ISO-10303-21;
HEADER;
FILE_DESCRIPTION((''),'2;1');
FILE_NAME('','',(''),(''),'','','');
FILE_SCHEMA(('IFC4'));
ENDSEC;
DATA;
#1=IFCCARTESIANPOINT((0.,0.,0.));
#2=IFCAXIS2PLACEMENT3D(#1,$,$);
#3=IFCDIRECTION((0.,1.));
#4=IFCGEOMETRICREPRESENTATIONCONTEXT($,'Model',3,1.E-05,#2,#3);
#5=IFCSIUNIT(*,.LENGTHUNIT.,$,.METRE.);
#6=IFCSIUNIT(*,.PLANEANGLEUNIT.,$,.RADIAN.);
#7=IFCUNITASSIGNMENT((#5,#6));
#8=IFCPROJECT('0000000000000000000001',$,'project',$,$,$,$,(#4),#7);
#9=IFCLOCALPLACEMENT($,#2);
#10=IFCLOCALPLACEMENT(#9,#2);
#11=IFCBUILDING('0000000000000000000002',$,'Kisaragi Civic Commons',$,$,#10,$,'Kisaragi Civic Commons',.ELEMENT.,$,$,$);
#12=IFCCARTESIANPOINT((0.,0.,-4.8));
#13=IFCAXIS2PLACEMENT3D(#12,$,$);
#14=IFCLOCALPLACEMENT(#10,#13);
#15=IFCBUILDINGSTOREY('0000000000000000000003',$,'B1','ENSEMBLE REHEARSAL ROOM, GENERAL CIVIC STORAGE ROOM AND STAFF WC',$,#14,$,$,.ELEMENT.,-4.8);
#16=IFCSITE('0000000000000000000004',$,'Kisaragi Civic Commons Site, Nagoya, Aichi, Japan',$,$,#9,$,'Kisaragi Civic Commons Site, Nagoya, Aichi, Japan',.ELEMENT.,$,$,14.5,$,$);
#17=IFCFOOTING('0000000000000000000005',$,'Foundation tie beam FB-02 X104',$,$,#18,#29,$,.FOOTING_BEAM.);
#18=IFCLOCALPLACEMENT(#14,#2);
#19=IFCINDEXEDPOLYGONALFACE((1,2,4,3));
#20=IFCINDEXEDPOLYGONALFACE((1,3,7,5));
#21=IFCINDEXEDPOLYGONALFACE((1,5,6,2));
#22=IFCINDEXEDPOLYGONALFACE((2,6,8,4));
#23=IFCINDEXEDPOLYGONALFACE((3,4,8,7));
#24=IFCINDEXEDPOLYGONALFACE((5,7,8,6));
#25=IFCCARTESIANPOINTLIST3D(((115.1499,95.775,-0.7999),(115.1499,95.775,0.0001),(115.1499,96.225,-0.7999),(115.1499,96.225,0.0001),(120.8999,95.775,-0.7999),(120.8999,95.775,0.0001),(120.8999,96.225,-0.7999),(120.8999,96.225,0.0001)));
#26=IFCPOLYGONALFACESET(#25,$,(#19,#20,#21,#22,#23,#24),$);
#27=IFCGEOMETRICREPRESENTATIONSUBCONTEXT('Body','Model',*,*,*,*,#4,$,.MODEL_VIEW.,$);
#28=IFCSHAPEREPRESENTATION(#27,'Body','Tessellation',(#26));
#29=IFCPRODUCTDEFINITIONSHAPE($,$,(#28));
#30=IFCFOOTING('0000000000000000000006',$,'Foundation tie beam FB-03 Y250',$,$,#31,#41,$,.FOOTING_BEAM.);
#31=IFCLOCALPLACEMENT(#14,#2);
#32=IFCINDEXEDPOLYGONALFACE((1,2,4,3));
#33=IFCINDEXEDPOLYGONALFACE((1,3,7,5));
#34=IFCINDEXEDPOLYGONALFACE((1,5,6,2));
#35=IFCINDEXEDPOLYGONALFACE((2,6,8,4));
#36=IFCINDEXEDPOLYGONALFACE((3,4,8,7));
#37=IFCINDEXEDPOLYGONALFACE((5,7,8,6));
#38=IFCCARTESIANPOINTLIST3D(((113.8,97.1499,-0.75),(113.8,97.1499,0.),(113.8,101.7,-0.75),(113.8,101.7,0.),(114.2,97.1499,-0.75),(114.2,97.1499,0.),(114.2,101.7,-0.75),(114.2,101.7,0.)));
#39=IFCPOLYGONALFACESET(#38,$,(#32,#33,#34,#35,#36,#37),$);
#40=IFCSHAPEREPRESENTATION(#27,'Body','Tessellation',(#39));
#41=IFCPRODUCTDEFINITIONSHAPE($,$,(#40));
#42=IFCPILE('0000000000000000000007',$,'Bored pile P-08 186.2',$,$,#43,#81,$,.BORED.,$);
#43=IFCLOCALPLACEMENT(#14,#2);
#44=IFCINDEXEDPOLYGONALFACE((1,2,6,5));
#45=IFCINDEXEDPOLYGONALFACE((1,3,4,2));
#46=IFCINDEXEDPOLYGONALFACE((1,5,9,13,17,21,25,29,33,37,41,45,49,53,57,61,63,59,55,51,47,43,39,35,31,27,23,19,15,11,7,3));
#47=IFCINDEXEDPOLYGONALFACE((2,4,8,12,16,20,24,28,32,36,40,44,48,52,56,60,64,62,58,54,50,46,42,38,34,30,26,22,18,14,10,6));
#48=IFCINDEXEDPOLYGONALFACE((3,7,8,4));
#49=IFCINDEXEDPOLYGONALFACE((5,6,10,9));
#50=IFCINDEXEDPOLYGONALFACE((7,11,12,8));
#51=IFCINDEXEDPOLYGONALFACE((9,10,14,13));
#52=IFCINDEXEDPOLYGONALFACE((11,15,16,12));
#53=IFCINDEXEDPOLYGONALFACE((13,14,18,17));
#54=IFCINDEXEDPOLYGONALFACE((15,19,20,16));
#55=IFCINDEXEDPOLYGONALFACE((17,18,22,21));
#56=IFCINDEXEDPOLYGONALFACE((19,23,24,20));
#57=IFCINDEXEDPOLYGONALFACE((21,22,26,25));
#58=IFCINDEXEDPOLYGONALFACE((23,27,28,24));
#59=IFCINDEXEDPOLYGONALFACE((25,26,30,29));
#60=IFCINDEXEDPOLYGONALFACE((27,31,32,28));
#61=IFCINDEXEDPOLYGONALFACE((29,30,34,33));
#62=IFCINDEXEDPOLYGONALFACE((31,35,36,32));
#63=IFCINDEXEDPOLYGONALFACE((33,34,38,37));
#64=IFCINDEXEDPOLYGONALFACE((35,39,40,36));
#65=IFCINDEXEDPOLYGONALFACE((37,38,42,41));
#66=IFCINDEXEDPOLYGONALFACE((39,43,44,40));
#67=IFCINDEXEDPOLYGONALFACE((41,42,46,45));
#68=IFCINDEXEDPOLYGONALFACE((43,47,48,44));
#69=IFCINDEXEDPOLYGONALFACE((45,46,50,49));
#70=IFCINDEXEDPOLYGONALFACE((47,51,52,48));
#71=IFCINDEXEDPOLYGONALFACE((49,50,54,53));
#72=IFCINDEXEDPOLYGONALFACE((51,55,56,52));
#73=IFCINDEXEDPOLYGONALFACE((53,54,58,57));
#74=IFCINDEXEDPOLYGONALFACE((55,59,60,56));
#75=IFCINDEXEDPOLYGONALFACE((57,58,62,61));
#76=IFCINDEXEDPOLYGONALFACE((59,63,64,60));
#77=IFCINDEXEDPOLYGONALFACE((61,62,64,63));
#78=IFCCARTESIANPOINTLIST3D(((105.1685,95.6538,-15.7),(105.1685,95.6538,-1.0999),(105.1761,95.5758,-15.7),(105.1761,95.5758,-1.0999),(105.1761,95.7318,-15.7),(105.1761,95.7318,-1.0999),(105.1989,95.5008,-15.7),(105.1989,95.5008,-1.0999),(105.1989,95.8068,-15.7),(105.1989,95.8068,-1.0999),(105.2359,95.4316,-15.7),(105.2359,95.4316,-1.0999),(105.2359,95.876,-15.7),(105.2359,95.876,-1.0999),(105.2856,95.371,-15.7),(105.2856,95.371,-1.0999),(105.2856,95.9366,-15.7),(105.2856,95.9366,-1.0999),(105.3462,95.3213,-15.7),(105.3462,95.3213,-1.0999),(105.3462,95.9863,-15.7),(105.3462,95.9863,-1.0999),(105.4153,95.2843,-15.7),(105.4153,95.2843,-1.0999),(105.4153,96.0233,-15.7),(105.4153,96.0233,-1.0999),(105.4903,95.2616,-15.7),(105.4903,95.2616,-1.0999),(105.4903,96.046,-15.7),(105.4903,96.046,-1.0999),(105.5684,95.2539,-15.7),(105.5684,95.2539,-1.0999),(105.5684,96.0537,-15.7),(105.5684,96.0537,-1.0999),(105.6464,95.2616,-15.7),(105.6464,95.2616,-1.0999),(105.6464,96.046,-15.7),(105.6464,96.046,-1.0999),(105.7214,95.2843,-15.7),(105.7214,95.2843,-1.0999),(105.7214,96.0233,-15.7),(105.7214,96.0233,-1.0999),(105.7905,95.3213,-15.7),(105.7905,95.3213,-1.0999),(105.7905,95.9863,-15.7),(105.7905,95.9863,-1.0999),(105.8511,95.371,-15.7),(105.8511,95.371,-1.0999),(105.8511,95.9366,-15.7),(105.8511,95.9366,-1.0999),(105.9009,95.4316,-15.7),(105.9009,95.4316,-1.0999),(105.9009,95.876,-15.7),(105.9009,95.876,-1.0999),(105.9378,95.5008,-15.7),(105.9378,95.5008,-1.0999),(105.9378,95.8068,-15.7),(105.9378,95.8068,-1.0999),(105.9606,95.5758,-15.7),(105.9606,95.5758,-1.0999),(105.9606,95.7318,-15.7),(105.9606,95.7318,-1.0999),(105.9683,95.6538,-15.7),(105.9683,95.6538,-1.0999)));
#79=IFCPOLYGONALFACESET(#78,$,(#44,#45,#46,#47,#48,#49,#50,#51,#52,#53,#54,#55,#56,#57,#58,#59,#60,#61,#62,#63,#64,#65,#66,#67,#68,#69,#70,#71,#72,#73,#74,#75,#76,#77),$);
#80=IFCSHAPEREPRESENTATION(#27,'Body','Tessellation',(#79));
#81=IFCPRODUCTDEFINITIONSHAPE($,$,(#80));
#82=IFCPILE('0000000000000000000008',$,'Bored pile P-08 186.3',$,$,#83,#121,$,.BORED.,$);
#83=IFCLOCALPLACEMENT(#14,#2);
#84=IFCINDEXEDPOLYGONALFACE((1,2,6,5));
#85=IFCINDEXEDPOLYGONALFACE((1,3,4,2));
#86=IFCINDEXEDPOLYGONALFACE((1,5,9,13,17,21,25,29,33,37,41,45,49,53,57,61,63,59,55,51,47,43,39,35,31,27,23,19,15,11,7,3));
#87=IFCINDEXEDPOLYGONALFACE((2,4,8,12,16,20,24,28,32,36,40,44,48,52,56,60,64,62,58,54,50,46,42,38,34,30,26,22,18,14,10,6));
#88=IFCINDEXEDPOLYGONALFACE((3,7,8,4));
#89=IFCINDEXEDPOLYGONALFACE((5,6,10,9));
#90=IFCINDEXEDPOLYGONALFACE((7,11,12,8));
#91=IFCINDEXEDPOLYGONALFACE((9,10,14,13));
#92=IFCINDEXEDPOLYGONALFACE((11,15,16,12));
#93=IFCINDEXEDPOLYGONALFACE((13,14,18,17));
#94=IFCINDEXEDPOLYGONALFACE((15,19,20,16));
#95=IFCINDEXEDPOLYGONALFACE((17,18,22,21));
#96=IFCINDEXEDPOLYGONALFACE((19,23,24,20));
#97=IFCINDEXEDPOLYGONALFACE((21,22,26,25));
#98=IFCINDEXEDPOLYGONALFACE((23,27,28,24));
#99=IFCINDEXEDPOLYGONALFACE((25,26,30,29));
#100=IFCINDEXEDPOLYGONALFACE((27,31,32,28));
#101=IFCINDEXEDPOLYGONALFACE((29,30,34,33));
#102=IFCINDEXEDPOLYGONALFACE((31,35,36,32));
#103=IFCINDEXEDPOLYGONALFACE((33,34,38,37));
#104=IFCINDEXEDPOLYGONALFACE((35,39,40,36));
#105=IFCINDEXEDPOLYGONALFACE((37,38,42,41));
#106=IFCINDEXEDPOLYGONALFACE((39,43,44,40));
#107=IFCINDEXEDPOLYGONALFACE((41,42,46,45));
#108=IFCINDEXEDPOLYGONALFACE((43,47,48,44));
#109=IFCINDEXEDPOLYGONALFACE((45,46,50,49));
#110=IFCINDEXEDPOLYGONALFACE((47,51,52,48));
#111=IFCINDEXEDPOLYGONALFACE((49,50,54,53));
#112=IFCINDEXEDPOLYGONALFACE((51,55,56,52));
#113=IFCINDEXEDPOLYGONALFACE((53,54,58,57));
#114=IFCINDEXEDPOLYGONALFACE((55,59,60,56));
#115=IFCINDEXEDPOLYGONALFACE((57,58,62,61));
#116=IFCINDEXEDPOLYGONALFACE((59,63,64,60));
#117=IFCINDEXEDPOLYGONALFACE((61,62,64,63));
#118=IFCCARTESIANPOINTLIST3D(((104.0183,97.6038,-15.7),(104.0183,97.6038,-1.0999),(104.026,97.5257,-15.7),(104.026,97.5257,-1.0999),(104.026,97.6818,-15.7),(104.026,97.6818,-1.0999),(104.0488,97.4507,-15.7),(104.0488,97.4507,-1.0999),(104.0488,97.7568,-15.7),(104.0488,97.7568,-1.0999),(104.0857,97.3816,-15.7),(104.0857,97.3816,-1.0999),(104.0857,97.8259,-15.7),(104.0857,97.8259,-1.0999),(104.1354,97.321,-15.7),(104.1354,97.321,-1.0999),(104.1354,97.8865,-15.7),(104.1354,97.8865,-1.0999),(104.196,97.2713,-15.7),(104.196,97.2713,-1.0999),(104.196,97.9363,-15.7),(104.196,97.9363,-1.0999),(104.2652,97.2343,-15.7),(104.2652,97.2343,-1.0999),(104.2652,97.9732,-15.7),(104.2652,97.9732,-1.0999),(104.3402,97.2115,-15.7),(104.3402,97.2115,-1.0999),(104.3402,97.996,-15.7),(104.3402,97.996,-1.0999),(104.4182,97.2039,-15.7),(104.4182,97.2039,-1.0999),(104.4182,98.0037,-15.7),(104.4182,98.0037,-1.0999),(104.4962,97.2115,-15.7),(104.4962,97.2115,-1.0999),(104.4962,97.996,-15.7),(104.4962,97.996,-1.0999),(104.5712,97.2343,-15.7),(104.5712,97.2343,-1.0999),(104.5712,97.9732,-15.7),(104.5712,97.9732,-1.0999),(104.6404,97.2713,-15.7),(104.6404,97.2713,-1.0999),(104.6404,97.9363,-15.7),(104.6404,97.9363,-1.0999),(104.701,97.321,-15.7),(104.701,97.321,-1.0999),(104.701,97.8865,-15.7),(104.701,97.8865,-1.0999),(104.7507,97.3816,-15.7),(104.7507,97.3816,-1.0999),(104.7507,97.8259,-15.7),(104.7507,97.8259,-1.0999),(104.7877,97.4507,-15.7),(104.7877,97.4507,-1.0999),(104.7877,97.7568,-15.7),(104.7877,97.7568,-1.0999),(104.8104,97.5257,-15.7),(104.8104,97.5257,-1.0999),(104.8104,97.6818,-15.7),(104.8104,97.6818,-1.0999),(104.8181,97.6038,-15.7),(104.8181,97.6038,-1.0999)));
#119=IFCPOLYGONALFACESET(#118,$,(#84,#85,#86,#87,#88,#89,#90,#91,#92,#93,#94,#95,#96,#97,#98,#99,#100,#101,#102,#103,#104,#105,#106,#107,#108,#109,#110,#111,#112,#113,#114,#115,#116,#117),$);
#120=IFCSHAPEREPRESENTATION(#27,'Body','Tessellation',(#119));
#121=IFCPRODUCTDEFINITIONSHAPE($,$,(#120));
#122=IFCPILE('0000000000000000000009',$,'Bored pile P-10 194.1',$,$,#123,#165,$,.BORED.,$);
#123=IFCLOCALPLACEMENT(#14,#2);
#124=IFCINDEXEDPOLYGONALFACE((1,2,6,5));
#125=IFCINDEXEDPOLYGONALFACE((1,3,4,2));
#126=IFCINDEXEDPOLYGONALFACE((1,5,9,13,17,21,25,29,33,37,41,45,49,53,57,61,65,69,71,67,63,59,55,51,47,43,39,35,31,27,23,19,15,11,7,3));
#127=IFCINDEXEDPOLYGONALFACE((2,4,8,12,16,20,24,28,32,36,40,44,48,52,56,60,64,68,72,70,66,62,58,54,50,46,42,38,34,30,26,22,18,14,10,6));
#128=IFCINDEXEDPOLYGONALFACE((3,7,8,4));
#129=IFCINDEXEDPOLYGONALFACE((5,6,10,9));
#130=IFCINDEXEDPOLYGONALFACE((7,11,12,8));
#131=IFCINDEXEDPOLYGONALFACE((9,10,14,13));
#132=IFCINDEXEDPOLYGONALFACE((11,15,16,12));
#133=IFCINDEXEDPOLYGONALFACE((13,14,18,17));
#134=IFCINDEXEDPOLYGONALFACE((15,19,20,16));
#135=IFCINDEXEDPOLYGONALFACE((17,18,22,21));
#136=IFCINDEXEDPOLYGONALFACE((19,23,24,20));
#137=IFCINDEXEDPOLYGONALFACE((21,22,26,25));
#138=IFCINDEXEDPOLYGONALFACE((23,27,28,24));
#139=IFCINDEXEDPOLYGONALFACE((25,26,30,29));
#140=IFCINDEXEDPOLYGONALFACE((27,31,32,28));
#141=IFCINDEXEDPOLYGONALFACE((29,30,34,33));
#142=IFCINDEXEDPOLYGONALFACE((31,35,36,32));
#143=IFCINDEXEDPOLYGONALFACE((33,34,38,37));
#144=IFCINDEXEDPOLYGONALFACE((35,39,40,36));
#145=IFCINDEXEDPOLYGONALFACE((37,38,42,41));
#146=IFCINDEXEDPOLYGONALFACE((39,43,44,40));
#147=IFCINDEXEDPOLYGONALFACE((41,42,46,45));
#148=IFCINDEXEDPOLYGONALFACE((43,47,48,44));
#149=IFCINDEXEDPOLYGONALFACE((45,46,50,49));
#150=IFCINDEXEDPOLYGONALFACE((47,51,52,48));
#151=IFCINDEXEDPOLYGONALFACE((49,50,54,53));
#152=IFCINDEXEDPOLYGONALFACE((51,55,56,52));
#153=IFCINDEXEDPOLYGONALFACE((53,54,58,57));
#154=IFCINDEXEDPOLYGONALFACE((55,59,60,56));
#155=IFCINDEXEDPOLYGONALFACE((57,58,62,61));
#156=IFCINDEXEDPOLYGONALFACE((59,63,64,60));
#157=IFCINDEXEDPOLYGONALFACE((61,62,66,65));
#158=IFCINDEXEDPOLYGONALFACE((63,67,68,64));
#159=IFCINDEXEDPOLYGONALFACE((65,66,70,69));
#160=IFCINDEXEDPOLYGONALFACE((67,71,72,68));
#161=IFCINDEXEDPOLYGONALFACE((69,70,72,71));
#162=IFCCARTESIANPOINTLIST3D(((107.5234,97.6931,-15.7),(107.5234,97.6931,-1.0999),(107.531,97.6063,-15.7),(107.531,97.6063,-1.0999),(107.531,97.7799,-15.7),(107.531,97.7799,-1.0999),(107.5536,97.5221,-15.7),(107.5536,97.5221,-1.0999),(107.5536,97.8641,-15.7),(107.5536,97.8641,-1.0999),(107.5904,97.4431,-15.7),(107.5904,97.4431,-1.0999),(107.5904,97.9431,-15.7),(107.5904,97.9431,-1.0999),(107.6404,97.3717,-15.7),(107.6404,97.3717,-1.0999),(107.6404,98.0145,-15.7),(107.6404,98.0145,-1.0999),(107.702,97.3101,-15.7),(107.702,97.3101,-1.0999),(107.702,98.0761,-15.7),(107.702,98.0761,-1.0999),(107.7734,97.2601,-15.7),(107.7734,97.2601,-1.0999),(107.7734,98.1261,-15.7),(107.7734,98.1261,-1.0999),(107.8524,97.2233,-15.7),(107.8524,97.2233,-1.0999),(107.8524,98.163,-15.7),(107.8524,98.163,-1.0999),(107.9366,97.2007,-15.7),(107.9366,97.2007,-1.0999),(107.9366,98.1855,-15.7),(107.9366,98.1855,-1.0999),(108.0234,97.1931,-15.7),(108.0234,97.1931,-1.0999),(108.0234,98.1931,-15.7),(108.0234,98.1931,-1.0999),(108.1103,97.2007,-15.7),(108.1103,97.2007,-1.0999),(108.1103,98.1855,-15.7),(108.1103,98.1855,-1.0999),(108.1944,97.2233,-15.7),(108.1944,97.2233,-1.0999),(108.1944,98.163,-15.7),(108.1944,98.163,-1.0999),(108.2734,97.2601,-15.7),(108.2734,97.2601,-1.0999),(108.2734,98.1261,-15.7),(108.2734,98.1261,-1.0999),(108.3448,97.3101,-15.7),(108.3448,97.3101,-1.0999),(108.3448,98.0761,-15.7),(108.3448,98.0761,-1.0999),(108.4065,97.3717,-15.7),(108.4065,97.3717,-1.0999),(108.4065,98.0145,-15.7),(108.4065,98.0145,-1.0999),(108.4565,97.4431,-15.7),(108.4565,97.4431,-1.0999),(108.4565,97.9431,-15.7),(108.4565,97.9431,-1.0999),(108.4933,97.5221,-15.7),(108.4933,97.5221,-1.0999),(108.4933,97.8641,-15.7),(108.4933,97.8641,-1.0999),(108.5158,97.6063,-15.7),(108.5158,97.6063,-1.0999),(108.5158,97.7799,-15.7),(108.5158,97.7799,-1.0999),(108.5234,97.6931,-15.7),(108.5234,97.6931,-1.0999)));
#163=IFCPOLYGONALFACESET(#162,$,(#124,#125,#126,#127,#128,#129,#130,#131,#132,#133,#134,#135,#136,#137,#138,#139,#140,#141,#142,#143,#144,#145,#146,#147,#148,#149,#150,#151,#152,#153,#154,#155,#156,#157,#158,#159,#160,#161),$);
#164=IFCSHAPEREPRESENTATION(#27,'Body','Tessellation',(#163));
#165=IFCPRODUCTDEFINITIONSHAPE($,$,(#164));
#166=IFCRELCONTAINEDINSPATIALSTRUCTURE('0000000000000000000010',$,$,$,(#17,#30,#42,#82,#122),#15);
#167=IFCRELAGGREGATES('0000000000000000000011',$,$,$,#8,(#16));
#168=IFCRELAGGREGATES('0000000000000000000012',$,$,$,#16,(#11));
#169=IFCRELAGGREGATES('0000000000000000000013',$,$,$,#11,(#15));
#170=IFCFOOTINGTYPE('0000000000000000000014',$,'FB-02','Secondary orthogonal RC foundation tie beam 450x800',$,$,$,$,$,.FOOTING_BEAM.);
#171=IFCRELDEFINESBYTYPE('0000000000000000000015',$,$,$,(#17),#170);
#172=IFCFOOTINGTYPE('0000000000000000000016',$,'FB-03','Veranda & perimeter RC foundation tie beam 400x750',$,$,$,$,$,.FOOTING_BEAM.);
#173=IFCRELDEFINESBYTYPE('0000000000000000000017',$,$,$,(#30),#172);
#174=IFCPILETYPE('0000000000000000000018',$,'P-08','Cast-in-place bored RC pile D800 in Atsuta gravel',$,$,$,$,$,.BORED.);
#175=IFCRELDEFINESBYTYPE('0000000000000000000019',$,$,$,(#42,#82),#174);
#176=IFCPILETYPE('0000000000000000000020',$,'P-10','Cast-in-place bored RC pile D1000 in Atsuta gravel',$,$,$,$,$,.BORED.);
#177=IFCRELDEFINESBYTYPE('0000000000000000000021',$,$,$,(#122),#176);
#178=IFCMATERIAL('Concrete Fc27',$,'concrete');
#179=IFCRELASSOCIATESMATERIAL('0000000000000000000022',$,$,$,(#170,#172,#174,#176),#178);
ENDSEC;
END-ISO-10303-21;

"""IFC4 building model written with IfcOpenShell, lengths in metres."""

from ifc_helpers import new_model, si_unit, direction, frame, origin, origin_2d, place, context, subcontext, project, spatial, rectangle, circle, extrude, material, material_profile, profile_set, type_object, element, save


model = new_model("IFC4")

# Units and contexts
model_context = context("Model", 3, precision=1e-05, world=origin(), true_north=direction((0.0, 1.0)))
body_context = subcontext(model_context, "Body", "Model", "MODEL_VIEW")
ifc_project = project(units=[si_unit("LENGTHUNIT", "METRE"), si_unit("PLANEANGLEUNIT", "RADIAN")], contexts=[model_context])

# Site, building, storey
site_placement = place(None, origin())
site = spatial("IfcSite", under=ifc_project, at=site_placement, Name="Kisaragi Civic Commons Site, Nagoya, Aichi, Japan", LongName="Kisaragi Civic Commons Site, Nagoya, Aichi, Japan", CompositionType="ELEMENT", RefElevation=14.5)
building_placement = place(site_placement, origin())
building = spatial("IfcBuilding", under=site, at=building_placement, Name="Kisaragi Civic Commons", LongName="Kisaragi Civic Commons", CompositionType="ELEMENT")
storey_placement = place(building_placement, frame((0.0, 0.0, -4.8)))
storey = spatial("IfcBuildingStorey", under=building, at=storey_placement, Name="B1", Description="ENSEMBLE REHEARSAL ROOM, GENERAL CIVIC STORAGE ROOM AND STAFF WC", CompositionType="ELEMENT", Elevation=-4.8)

# Footings
ifc_material_1 = material(Name="Concrete Fc27", Category="concrete")
ifc_material_profile_1 = material_profile(ifc_material_1, rectangle(XDim=0.45, YDim=0.8, at=origin_2d()), Name="RC-450x800", Category="concrete")
ifc_profile_set_1 = profile_set([ifc_material_profile_1], Name="Concrete Fc27")
footing_type_1 = type_object("IfcFootingType", Name="FB-02", Description="Secondary orthogonal RC foundation tie beam 450x800", PredefinedType="FOOTING_BEAM", material=ifc_profile_set_1)
footing_1_placement = place(storey_placement, frame((115.1499, 96.0, -0.3999), z_axis=(1.0, 0.0, 0.0), x_axis=(0.0, 1.0, 0.0)))
element("IfcFooting", 1, at=footing_1_placement, inside=storey, type_object=footing_type_1, Name="Foundation tie beam FB-02 X104", PredefinedType="FOOTING_BEAM", context=body_context, shape_type="SweptSolid", body=[
    extrude(rectangle(XDim=0.45, YDim=0.8, at=origin_2d()), origin(), (0.0, 0.0, 1.0), 5.75),
])
ifc_material_profile_2 = material_profile(ifc_material_1, rectangle(XDim=0.3999, YDim=0.75, at=origin_2d()), Name="RC-400x750", Category="concrete")
ifc_profile_set_2 = profile_set([ifc_material_profile_2], Name="Concrete Fc27")
footing_type_2 = type_object("IfcFootingType", Name="FB-03", Description="Veranda & perimeter RC foundation tie beam 400x750", PredefinedType="FOOTING_BEAM", material=ifc_profile_set_2)
footing_2_placement = place(storey_placement, frame((114.0, 97.1499, -0.375), z_axis=(0.0, 1.0, 0.0), x_axis=(-1.0, 0.0, 0.0)))
element("IfcFooting", 2, at=footing_2_placement, inside=storey, type_object=footing_type_2, Name="Foundation tie beam FB-03 Y250", PredefinedType="FOOTING_BEAM", context=body_context, shape_type="SweptSolid", body=[
    extrude(rectangle(XDim=0.3999, YDim=0.75, at=origin_2d()), origin(), (0.0, 0.0, 1.0), 4.55),
])

# Piles
ifc_material_profile_3 = material_profile(ifc_material_1, circle(Radius=0.3999, at=origin_2d()), Name="PILE-D800", Category="concrete")
ifc_profile_set_3 = profile_set([ifc_material_profile_3], Name="Concrete Fc27")
pile_type_1 = type_object("IfcPileType", Name="P-08", Description="Cast-in-place bored RC pile D800 in Atsuta gravel", PredefinedType="BORED", material=ifc_profile_set_3)
for number, where, z_axis, x_axis, name in (
    (3, (105.5684, 95.6538, -1.0999), (0.0, 0.0, -1.0), (1.0, 0.0, 0.0), "Bored pile P-08 186.2"),
    (4, (104.4182, 97.6038, -1.0999), (0.0, 0.0, -1.0), (1.0, 0.0, 0.0), "Bored pile P-08 186.3"),
):
    element("IfcPile", number, at=place(storey_placement, frame(where, z_axis=z_axis, x_axis=x_axis)), inside=storey, type_object=pile_type_1, Name=name, PredefinedType="BORED", context=body_context, shape_type="SweptSolid", body=[
        extrude(circle(Radius=0.3999, at=origin_2d()), origin(), (0.0, 0.0, 1.0), 14.6001),
    ])
ifc_material_profile_4 = material_profile(ifc_material_1, circle(Radius=0.5, at=origin_2d()), Name="PILE-D1000", Category="concrete")
ifc_profile_set_4 = profile_set([ifc_material_profile_4], Name="Concrete Fc27")
pile_type_2 = type_object("IfcPileType", Name="P-10", Description="Cast-in-place bored RC pile D1000 in Atsuta gravel", PredefinedType="BORED", material=ifc_profile_set_4)
for number, where, z_axis, x_axis, name in (
    (5, (108.0234, 97.6931, -1.0999), (0.0, 0.0, -1.0), (1.0, 0.0, 0.0), "Bored pile P-10 194.1"),
):
    element("IfcPile", number, at=place(storey_placement, frame(where, z_axis=z_axis, x_axis=x_axis)), inside=storey, type_object=pile_type_2, Name=name, PredefinedType="BORED", context=body_context, shape_type="SweptSolid", body=[
        extrude(circle(Radius=0.5, at=origin_2d()), origin(), (0.0, 0.0, 1.0), 14.6001),
    ])

save(model, "model.ifc")
